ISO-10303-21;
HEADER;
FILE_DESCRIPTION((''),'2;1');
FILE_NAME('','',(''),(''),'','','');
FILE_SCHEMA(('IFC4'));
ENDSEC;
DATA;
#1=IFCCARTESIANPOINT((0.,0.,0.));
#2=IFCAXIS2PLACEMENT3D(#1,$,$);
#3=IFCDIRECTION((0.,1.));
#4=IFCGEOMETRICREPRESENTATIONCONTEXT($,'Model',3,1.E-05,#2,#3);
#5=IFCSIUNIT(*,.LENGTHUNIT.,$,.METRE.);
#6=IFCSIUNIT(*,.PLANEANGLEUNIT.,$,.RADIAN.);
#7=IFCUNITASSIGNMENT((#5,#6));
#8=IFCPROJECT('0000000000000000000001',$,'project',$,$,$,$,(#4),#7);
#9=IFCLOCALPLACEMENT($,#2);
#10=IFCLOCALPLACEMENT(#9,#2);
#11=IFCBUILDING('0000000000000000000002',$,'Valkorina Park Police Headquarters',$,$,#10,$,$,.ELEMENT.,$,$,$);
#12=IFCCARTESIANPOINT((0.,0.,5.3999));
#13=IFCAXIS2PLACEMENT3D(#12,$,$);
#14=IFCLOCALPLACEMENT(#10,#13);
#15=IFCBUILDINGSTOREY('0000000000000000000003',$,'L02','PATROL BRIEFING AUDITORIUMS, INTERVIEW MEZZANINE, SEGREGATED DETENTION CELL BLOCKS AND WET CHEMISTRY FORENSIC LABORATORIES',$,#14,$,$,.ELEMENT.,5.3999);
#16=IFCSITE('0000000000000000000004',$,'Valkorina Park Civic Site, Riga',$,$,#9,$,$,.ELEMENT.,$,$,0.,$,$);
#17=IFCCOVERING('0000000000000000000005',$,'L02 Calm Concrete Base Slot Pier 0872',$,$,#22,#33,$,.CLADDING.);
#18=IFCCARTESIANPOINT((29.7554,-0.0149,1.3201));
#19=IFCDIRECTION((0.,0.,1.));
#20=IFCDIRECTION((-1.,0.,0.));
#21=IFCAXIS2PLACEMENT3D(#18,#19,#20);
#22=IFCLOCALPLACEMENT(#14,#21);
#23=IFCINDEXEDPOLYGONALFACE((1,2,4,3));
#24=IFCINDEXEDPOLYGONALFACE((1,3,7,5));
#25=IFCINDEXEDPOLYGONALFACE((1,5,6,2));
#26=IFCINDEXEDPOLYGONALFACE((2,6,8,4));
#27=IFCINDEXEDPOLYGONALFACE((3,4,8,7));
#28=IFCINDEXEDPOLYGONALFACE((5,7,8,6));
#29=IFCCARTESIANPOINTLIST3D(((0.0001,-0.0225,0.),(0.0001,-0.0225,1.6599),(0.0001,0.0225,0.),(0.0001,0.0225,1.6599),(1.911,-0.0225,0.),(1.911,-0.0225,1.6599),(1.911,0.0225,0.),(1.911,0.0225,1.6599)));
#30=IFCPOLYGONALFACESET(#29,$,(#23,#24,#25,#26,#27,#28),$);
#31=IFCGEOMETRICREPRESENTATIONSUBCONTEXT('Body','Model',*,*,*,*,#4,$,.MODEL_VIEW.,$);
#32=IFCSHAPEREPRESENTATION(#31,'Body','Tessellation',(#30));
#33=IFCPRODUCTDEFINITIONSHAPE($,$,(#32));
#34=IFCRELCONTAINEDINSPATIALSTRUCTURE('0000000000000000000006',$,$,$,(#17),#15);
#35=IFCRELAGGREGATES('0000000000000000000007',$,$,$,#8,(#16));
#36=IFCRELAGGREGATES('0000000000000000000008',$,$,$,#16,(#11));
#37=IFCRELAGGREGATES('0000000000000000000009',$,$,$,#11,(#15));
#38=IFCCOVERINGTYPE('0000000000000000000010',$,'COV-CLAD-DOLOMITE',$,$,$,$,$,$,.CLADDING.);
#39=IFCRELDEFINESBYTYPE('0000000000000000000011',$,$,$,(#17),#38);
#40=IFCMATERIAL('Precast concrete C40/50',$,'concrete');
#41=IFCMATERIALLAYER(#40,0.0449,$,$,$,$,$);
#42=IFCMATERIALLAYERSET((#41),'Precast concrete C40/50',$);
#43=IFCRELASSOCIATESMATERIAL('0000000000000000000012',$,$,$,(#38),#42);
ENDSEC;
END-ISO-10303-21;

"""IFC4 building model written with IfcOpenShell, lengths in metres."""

from ifc_helpers import new_model, si_unit, direction, frame, frame_2d, origin, place, context, subcontext, project, spatial, rectangle, extrude, material, layer, layer_set, type_object, element, save


model = new_model("IFC4")

# Units and contexts
model_context = context("Model", 3, precision=1e-05, world=origin(), true_north=direction((0.0, 1.0)))
body_context = subcontext(model_context, "Body", "Model", "MODEL_VIEW")
ifc_project = project(units=[si_unit("LENGTHUNIT", "METRE"), si_unit("PLANEANGLEUNIT", "RADIAN")], contexts=[model_context])

# Site, building, storey
site_placement = place(None, origin())
site = spatial("IfcSite", under=ifc_project, at=site_placement, Name="Valkorina Park Civic Site, Riga", CompositionType="ELEMENT", RefElevation=0.0)
building_placement = place(site_placement, origin())
building = spatial("IfcBuilding", under=site, at=building_placement, Name="Valkorina Park Police Headquarters", CompositionType="ELEMENT")
storey_placement = place(building_placement, frame((0.0, 0.0, 5.3999)))
storey = spatial("IfcBuildingStorey", under=building, at=storey_placement, Name="L02", Description="PATROL BRIEFING AUDITORIUMS, INTERVIEW MEZZANINE, SEGREGATED DETENTION CELL BLOCKS AND WET CHEMISTRY FORENSIC LABORATORIES", CompositionType="ELEMENT", Elevation=5.3999)

# Covering
ifc_material_1 = material(Name="Precast concrete C40/50", Category="concrete")
ifc_layer = layer(ifc_material_1, 0.0449)
ifc_layer_set = layer_set([ifc_layer], Name="Precast concrete C40/50")
covering_type = type_object("IfcCoveringType", Name="COV-CLAD-DOLOMITE", PredefinedType="CLADDING", material=ifc_layer_set)
covering_1_placement = place(storey_placement, frame((29.7554, -0.0149, 1.3201), z_axis=(0.0, 0.0, 1.0), x_axis=(-1.0, 0.0, 0.0)))
element("IfcCovering", 1, at=covering_1_placement, inside=storey, type_object=covering_type, Name="L02 Calm Concrete Base Slot Pier 0872", PredefinedType="CLADDING", context=body_context, shape_type="SweptSolid", body=[
    extrude(rectangle(XDim=1.9109, YDim=0.0449, at=frame_2d((0.9556, 0.0))), origin(), (0.0, 0.0, 1.0), 1.6599),
])

save(model, "model.ifc")
